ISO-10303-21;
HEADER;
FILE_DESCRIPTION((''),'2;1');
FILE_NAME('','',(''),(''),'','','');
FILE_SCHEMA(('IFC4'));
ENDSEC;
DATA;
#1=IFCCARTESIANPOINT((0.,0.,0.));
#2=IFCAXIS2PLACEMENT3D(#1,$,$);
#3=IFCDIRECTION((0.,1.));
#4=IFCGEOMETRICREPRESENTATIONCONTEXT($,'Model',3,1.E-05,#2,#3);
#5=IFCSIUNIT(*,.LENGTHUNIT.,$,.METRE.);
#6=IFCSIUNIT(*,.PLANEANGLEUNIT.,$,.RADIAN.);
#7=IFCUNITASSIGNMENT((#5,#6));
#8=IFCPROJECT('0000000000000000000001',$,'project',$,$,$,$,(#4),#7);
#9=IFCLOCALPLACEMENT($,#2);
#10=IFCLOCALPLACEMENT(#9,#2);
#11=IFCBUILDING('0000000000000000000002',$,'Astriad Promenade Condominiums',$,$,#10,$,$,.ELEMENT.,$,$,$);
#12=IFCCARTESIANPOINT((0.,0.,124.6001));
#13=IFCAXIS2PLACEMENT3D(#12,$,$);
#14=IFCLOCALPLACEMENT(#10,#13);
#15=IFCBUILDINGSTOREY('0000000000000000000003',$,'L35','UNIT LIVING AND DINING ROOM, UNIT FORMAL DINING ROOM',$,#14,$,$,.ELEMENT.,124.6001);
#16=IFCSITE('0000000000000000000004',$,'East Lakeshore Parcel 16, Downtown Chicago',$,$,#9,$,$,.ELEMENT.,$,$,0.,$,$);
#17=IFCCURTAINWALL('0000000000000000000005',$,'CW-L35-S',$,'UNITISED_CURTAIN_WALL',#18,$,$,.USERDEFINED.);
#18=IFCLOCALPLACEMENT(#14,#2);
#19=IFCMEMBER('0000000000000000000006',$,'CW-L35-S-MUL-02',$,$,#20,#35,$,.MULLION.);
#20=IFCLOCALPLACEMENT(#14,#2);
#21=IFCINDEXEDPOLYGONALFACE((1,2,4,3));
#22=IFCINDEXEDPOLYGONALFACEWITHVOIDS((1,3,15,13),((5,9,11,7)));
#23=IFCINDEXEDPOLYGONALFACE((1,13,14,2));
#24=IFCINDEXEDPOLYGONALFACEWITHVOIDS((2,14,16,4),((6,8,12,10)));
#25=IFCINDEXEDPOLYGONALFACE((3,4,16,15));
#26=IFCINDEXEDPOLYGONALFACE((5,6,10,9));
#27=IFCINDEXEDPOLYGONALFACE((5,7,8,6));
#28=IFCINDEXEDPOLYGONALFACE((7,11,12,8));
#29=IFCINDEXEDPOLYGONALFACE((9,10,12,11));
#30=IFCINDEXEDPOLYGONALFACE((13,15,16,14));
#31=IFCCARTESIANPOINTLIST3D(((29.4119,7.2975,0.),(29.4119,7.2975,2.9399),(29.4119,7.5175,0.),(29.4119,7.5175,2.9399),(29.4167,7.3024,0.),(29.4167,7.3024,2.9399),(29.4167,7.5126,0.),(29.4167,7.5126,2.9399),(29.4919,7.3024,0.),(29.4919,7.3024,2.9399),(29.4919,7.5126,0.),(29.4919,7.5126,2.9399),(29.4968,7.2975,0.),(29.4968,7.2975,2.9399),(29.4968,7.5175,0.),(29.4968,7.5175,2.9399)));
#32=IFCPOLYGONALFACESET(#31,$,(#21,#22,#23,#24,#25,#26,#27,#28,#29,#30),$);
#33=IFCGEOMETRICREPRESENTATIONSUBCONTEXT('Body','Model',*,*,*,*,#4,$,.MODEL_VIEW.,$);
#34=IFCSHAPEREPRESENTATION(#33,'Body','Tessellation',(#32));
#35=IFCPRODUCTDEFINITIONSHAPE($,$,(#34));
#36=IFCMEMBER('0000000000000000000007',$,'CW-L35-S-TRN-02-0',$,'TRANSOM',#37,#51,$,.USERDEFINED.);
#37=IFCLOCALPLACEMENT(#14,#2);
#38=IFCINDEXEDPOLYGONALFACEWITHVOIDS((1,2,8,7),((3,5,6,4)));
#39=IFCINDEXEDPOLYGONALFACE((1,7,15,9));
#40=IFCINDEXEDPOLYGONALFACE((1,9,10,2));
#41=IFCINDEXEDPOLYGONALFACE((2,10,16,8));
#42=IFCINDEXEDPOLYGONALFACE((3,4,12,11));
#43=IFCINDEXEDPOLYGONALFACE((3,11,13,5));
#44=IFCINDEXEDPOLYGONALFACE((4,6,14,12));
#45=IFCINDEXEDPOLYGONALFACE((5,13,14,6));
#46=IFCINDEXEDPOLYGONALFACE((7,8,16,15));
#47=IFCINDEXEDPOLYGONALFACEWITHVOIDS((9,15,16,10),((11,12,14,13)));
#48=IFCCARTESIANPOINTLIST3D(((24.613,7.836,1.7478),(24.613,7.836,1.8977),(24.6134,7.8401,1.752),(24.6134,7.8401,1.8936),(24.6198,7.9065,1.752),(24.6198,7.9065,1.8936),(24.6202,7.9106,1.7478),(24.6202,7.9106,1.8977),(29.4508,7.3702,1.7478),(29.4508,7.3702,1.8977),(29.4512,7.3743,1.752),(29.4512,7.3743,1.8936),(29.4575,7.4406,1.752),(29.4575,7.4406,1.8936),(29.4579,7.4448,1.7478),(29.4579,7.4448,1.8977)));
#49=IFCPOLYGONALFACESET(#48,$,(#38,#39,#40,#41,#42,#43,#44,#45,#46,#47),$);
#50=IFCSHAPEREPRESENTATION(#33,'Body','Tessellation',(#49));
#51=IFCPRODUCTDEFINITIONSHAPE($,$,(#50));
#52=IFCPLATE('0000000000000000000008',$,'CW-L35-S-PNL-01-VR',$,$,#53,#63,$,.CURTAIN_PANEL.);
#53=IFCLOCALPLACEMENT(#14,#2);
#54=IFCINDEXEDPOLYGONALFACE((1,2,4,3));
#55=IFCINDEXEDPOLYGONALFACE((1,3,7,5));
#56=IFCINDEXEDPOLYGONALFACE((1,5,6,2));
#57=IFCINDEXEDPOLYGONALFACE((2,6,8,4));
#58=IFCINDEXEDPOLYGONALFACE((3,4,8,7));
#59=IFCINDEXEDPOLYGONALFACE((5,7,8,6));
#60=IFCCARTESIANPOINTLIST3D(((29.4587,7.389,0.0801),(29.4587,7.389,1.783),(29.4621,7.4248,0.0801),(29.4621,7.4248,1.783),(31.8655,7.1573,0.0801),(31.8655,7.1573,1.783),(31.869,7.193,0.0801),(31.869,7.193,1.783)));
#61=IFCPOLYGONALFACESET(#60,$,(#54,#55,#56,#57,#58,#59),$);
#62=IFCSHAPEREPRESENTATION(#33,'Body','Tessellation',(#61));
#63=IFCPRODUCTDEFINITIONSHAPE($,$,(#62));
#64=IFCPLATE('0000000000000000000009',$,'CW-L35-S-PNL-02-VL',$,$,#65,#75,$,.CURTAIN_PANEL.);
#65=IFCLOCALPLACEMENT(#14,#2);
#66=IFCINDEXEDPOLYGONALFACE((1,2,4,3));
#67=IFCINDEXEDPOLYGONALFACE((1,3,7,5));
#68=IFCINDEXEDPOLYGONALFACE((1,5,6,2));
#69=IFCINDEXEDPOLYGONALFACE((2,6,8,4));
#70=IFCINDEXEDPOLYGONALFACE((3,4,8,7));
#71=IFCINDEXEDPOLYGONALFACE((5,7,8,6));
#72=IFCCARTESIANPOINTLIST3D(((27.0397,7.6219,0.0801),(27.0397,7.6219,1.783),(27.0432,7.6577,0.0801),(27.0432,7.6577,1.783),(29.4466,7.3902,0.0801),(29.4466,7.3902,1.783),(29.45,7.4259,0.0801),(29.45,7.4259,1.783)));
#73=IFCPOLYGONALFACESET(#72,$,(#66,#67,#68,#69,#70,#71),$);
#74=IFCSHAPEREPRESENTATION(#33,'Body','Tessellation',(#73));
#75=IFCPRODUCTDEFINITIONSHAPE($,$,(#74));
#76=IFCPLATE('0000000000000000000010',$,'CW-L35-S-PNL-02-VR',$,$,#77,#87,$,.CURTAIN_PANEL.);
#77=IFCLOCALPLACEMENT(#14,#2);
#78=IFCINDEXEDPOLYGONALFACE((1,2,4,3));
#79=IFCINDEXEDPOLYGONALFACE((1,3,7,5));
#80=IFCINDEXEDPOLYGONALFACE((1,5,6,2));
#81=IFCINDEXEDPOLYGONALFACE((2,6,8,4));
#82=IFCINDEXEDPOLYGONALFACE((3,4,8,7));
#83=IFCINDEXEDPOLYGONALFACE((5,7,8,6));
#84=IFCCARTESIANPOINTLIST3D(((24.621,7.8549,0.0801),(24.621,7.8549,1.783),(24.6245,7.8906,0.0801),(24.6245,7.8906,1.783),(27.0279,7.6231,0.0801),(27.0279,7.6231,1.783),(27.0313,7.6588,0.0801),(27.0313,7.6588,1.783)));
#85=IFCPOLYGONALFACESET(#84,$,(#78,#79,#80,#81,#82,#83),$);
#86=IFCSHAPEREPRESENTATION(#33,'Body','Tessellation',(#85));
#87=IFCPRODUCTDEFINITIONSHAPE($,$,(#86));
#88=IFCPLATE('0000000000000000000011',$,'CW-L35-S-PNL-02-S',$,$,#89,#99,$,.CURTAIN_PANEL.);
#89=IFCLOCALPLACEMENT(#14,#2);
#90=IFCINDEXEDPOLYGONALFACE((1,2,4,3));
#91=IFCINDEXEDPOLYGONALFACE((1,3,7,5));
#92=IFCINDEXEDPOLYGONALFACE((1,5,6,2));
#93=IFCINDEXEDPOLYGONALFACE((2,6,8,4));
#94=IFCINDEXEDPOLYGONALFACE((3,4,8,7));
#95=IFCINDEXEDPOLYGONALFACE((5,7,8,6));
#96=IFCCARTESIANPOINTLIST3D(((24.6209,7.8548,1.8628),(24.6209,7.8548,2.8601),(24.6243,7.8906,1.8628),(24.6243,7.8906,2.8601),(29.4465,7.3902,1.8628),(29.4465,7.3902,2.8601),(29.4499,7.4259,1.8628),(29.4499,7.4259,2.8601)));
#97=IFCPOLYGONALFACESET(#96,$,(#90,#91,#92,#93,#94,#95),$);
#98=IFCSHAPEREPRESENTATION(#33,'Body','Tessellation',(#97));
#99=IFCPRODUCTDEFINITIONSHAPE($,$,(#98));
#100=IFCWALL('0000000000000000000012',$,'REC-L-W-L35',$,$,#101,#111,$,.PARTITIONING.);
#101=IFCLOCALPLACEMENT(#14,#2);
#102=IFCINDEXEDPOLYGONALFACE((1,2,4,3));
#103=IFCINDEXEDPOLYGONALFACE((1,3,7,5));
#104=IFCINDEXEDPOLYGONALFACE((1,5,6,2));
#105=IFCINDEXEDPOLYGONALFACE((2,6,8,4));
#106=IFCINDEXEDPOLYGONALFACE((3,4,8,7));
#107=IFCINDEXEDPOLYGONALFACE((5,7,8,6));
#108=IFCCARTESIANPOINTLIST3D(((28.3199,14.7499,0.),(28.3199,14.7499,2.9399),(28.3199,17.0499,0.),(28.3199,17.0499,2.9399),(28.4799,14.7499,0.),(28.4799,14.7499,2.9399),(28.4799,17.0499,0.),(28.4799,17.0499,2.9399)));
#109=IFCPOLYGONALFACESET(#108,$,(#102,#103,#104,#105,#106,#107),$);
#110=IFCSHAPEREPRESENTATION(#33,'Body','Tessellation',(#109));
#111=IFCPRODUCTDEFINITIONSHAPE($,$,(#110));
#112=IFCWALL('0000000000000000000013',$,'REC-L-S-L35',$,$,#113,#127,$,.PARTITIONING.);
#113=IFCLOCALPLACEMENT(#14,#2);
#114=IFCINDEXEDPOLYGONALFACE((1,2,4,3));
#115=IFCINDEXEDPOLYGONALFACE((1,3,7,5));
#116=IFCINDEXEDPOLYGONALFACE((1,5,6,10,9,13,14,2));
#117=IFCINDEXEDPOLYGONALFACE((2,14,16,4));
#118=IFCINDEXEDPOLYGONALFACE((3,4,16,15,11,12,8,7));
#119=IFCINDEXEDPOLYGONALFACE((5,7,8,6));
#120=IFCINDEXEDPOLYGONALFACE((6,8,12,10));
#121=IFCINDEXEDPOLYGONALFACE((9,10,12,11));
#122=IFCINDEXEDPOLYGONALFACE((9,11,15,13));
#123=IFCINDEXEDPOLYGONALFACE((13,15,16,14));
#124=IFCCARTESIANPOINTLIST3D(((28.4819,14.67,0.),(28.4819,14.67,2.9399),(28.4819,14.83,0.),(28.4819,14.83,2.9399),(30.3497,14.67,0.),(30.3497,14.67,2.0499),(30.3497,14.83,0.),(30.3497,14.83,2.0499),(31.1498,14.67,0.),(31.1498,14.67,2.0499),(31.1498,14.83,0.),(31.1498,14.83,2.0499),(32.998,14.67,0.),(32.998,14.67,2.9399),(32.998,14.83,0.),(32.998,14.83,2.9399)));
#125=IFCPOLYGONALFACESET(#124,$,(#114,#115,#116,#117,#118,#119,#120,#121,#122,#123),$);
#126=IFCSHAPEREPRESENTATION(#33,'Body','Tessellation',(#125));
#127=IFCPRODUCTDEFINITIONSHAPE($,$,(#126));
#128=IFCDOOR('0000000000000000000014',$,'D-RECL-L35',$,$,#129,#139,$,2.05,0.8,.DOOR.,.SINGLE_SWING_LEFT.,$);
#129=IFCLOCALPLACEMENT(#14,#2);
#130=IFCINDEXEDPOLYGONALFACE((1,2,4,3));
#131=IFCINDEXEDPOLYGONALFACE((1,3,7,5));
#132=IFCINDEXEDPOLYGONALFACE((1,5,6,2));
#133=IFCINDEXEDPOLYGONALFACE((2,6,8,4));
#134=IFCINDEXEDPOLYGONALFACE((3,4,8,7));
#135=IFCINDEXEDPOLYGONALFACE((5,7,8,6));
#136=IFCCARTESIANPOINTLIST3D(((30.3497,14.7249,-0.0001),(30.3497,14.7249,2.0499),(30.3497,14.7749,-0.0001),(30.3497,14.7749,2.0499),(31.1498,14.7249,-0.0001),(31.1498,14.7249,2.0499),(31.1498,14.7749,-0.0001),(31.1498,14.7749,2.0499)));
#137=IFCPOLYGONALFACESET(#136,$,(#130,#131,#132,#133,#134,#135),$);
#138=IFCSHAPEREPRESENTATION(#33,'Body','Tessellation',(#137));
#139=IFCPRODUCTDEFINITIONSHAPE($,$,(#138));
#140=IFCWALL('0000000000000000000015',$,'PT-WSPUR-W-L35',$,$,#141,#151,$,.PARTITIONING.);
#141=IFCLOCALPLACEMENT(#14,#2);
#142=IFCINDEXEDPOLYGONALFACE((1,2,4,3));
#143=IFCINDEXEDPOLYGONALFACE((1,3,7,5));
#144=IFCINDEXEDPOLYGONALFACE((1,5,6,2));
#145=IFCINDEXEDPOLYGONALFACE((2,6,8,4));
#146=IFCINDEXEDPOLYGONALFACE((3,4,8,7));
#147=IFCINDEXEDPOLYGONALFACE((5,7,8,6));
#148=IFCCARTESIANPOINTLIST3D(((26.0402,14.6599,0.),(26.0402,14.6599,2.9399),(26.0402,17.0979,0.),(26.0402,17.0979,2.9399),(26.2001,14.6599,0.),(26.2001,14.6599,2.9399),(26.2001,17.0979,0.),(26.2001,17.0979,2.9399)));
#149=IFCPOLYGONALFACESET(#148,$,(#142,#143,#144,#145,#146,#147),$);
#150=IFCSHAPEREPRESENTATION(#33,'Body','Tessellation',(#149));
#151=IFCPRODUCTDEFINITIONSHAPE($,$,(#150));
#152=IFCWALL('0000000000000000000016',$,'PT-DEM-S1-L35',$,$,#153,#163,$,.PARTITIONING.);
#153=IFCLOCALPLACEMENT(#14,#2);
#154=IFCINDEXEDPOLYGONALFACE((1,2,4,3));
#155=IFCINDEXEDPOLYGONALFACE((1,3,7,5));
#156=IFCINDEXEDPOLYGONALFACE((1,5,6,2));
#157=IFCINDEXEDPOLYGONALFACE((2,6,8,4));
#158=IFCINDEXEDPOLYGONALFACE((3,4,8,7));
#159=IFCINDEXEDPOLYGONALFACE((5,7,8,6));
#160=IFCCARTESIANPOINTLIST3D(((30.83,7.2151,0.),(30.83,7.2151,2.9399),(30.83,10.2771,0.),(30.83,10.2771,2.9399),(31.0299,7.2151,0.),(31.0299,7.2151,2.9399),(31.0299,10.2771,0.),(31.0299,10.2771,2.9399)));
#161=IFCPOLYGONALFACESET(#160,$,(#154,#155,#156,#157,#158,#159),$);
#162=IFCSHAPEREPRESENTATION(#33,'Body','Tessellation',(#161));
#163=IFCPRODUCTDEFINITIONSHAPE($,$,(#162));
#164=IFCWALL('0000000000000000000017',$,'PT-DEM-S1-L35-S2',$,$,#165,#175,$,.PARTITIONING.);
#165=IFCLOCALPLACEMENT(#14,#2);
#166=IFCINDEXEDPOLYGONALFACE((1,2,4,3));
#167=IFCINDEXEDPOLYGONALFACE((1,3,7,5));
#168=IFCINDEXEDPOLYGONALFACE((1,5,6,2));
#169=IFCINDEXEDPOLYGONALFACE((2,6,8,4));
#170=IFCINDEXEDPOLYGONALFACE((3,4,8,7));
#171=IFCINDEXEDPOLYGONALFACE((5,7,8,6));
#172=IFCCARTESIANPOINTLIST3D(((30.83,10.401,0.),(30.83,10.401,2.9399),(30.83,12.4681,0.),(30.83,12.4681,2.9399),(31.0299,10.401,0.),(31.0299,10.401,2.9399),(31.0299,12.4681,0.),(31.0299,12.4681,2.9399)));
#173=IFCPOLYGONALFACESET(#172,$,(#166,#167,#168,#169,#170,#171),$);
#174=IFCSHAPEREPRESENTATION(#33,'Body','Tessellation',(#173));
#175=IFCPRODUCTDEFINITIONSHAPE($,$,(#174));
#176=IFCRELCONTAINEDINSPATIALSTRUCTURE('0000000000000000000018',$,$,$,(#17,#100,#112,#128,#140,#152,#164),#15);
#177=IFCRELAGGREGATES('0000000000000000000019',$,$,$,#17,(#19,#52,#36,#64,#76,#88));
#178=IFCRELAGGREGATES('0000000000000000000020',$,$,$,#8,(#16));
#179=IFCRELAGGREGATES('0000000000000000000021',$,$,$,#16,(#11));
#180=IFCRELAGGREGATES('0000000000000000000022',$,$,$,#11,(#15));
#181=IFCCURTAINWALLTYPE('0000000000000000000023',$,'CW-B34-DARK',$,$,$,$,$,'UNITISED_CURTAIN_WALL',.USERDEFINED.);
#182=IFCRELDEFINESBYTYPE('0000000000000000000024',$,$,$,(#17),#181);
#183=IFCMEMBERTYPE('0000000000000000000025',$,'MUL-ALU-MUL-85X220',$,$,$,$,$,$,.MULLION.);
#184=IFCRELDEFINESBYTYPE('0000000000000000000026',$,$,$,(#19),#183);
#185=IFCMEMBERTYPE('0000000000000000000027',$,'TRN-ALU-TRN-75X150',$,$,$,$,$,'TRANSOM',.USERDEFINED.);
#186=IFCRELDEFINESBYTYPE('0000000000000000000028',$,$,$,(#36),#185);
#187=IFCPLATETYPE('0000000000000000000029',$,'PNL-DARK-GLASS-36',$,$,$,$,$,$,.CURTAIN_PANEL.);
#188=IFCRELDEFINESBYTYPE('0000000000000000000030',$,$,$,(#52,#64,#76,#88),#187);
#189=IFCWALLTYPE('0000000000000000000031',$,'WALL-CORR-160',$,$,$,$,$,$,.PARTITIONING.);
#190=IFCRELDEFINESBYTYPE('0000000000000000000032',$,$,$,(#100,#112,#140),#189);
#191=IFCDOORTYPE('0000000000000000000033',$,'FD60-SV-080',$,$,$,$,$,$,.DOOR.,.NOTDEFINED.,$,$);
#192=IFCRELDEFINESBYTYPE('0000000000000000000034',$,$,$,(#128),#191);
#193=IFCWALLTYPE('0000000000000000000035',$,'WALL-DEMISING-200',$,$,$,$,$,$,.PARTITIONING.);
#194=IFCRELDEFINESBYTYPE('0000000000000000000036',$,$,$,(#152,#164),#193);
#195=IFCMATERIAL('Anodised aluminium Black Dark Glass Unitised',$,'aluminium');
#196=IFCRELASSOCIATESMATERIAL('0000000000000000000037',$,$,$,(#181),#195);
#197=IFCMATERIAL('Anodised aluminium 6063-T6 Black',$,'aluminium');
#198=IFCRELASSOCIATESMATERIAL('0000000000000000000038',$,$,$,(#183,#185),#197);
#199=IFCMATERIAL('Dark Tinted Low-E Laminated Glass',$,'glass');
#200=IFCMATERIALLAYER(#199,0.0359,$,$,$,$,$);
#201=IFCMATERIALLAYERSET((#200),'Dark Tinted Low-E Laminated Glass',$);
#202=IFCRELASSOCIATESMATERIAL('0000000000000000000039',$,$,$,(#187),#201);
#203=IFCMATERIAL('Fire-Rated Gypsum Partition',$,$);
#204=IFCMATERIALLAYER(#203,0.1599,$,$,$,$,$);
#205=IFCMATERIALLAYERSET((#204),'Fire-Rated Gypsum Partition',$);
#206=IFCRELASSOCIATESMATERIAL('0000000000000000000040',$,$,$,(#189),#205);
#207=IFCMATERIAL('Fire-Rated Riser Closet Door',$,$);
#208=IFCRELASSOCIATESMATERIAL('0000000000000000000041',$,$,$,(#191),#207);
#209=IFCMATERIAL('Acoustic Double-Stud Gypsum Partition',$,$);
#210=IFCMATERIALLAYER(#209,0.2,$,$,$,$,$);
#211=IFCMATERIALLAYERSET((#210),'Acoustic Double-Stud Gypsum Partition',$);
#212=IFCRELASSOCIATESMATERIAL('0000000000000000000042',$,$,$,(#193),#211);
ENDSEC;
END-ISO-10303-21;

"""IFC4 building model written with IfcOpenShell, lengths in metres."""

from ifc_helpers import new_model, si_unit, direction, frame, frame_2d, origin, origin_2d, place, context, subcontext, project, spatial, rectangle, hollow_rectangle, extrude, source, transform, mapped, material, layer, layer_set, material_profile, profile_set, type_object, type_shapes, element, fill, aggregate, save


model = new_model("IFC4")

# Units and contexts
model_context = context("Model", 3, precision=1e-05, world=origin(), true_north=direction((0.0, 1.0)))
body_context = subcontext(model_context, "Body", "Model", "MODEL_VIEW")
ifc_project = project(units=[si_unit("LENGTHUNIT", "METRE"), si_unit("PLANEANGLEUNIT", "RADIAN")], contexts=[model_context])

# Site, building, storey
site_placement = place(None, origin())
site = spatial("IfcSite", under=ifc_project, at=site_placement, Name="East Lakeshore Parcel 16, Downtown Chicago", CompositionType="ELEMENT", RefElevation=0.0)
building_placement = place(site_placement, origin())
building = spatial("IfcBuilding", under=site, at=building_placement, Name="Astriad Promenade Condominiums", CompositionType="ELEMENT")
storey_placement = place(building_placement, frame((0.0, 0.0, 124.6001)))
storey = spatial("IfcBuildingStorey", under=building, at=storey_placement, Name="L35", Description="UNIT LIVING AND DINING ROOM, UNIT FORMAL DINING ROOM", CompositionType="ELEMENT", Elevation=124.6001)

# Curtain wall, members, plates
ifc_material_1 = material(Name="Anodised aluminium Black Dark Glass Unitised", Category="aluminium")
curtain_wall_type = type_object("IfcCurtainWallType", Name="CW-B34-DARK", ElementType="UNITISED_CURTAIN_WALL", PredefinedType="USERDEFINED", material=ifc_material_1)
curtain_wall_placement = place(storey_placement, origin())
curtain_wall = element("IfcCurtainWall", 1, at=curtain_wall_placement, inside=storey, type_object=curtain_wall_type, Name="CW-L35-S", ObjectType="UNITISED_CURTAIN_WALL", PredefinedType="USERDEFINED")
ifc_material_2 = material(Name="Anodised aluminium 6063-T6 Black", Category="aluminium")
ifc_material_profile_1 = material_profile(ifc_material_2, hollow_rectangle(XDim=0.085, YDim=0.22, WallThickness=0.0049, at=origin_2d()), Name="ALU-MUL-85X220")
ifc_profile_set_1 = profile_set([ifc_material_profile_1], Name="Anodised aluminium 6063-T6 Black")
member_type_1 = type_object("IfcMemberType", Name="MUL-ALU-MUL-85X220", PredefinedType="MULLION", material=ifc_profile_set_1)
shared_shape_1 = source(origin(), body_context, "Body", "SweptSolid", [
    extrude(hollow_rectangle(XDim=0.085, YDim=0.22, WallThickness=0.0049, at=origin_2d()), origin(), (0.0, 0.0, 1.0), 2.9399),
])
type_shapes(member_type_1, [shared_shape_1])
member_1_placement = place(storey_placement, frame((29.4543, 7.4075, 0.0), z_axis=(0.0, 0.0, 1.0), x_axis=(1.0, 0.0, 0.0)))
member_1 = element("IfcMember", 2, at=member_1_placement, type_object=member_type_1, Name="CW-L35-S-MUL-02", PredefinedType="MULLION", context=body_context, shape_type="MappedRepresentation", body=[
    mapped(shared_shape_1, transform((0.0, 0.0, 0.0), scale=1.0)),
])
ifc_material_profile_2 = material_profile(ifc_material_2, hollow_rectangle(XDim=0.075, YDim=0.1499, WallThickness=0.0042, at=origin_2d()), Name="ALU-TRN-75X150")
ifc_profile_set_2 = profile_set([ifc_material_profile_2], Name="Anodised aluminium 6063-T6 Black")
member_type_2 = type_object("IfcMemberType", Name="TRN-ALU-TRN-75X150", ElementType="TRANSOM", PredefinedType="USERDEFINED", material=ifc_profile_set_2)
shared_shape_2 = source(origin(), body_context, "Body", "SweptSolid", [
    extrude(hollow_rectangle(XDim=0.075, YDim=0.1499, WallThickness=0.0042, at=origin_2d()), origin(), (0.0, 0.0, 1.0), 4.8601),
])
type_shapes(member_type_2, [shared_shape_2])
member_2_placement = place(storey_placement, frame((29.4543, 7.4075, 1.8228), z_axis=(-0.995396, 0.095847, 0.0), x_axis=(-0.095847, -0.995396, 0.0)))
member_2 = element("IfcMember", 3, at=member_2_placement, type_object=member_type_2, Name="CW-L35-S-TRN-02-0", ObjectType="TRANSOM", PredefinedType="USERDEFINED", context=body_context, shape_type="MappedRepresentation", body=[
    mapped(shared_shape_2, transform((0.0, 0.0, 0.0), scale=1.0)),
])
ifc_material_3 = material(Name="Dark Tinted Low-E Laminated Glass", Category="glass")
ifc_layer_1 = layer(ifc_material_3, 0.0359)
ifc_layer_set_1 = layer_set([ifc_layer_1], Name="Dark Tinted Low-E Laminated Glass")
plate_type = type_object("IfcPlateType", Name="PNL-DARK-GLASS-36", PredefinedType="CURTAIN_PANEL", material=ifc_layer_set_1)
shared_shape_3 = source(origin(), body_context, "Body", "SweptSolid", [
    extrude(rectangle(XDim=2.418, YDim=0.0359, at=origin_2d()), origin(), (0.0, 0.0, 1.0), 1.7029),
])
plate_1_placement = place(storey_placement, frame((30.6638, 7.291, 0.0801), z_axis=(0.0, 0.0, 1.0), x_axis=(-0.995396, 0.095846, 0.0)))
plate_1 = element("IfcPlate", 4, at=plate_1_placement, type_object=plate_type, Name="CW-L35-S-PNL-01-VR", PredefinedType="CURTAIN_PANEL", context=body_context, shape_type="MappedRepresentation", body=[
    mapped(shared_shape_3, transform((0.0, 0.0, 0.0), scale=1.0)),
])
plate_2_placement = place(storey_placement, frame((28.2449, 7.5239, 0.0801), z_axis=(0.0, 0.0, 1.0), x_axis=(-0.995396, 0.095846, 0.0)))
plate_2 = element("IfcPlate", 5, at=plate_2_placement, type_object=plate_type, Name="CW-L35-S-PNL-02-VL", PredefinedType="CURTAIN_PANEL", context=body_context, shape_type="MappedRepresentation", body=[
    mapped(shared_shape_3, transform((0.0, 0.0, 0.0), scale=1.0)),
])
plate_3_placement = place(storey_placement, frame((25.8262, 7.7568, 0.0801), z_axis=(0.0, 0.0, 1.0), x_axis=(-0.995396, 0.095846, 0.0)))
plate_3 = element("IfcPlate", 6, at=plate_3_placement, type_object=plate_type, Name="CW-L35-S-PNL-02-VR", PredefinedType="CURTAIN_PANEL", context=body_context, shape_type="MappedRepresentation", body=[
    mapped(shared_shape_3, transform((0.0, 0.0, 0.0), scale=1.0)),
])
shared_shape_4 = source(origin(), body_context, "Body", "SweptSolid", [
    extrude(rectangle(XDim=4.8479, YDim=0.0359, at=origin_2d()), origin(), (0.0, 0.0, 1.0), 0.9973),
])
type_shapes(plate_type, [shared_shape_3, shared_shape_4])
plate_4_placement = place(storey_placement, frame((27.0354, 7.6404, 1.8628), z_axis=(0.0, 0.0, 1.0), x_axis=(-0.995396, 0.095846, 0.0)))
plate_4 = element("IfcPlate", 7, at=plate_4_placement, type_object=plate_type, Name="CW-L35-S-PNL-02-S", PredefinedType="CURTAIN_PANEL", context=body_context, shape_type="MappedRepresentation", body=[
    mapped(shared_shape_4, transform((0.0, 0.0, 0.0), scale=1.0)),
])
aggregate(curtain_wall, [member_1, plate_1, member_2, plate_2, plate_3, plate_4])

# Wall
ifc_material_4 = material(Name="Fire-Rated Gypsum Partition")
ifc_layer_2 = layer(ifc_material_4, 0.1599)
ifc_layer_set_2 = layer_set([ifc_layer_2], Name="Fire-Rated Gypsum Partition")
wall_type_1 = type_object("IfcWallType", Name="WALL-CORR-160", PredefinedType="PARTITIONING", material=ifc_layer_set_2)
wall_1_placement = place(storey_placement, frame((28.3999, 14.75, 0.0), z_axis=(0.0, 0.0, 1.0), x_axis=(0.0, 1.0, 0.0)))
element("IfcWall", 8, at=wall_1_placement, inside=storey, type_object=wall_type_1, Name="REC-L-W-L35", PredefinedType="PARTITIONING", context=body_context, shape_type="SweptSolid", body=[
    extrude(rectangle(XDim=2.3, YDim=0.1599, at=frame_2d((1.1499, 0.0))), origin(), (0.0, 0.0, 1.0), 2.9399),
])

# Wall, opening, door
wall_2_placement = place(storey_placement, frame((28.4819, 14.75, 0.0), z_axis=(0.0, 0.0, 1.0), x_axis=(1.0, 0.0, 0.0)))
wall_2 = element("IfcWall", 9, at=wall_2_placement, inside=storey, type_object=wall_type_1, Name="REC-L-S-L35", PredefinedType="PARTITIONING", context=body_context, shape_type="SweptSolid", body=[
    extrude(rectangle(XDim=4.5161, YDim=0.1599, at=frame_2d((2.2581, 0.0))), origin(), (0.0, 0.0, 1.0), 2.9399),
])
opening_1_placement = place(wall_2_placement, frame((1.8679, 0.0, 0.0)))
opening_1 = element("IfcOpeningElement", 10, at=opening_1_placement, cuts=wall_2, PredefinedType="OPENING", context=body_context, shape_type="SweptSolid", body=[
    extrude(rectangle(XDim=0.8, YDim=2.05, at=frame_2d((0.3999, 1.0249))), frame((0.0, 0.0898, 0.0), z_axis=(0.0, -1.0, 0.0), x_axis=(1.0, 0.0, 0.0)), (0.0, 0.0, 1.0), 0.1799),
])
ifc_material_5 = material(Name="Fire-Rated Riser Closet Door")
door_type_1 = type_object("IfcDoorType", Name="FD60-SV-080", OperationType="NOTDEFINED", PredefinedType="DOOR", material=ifc_material_5)
shared_shape_5 = source(origin(), body_context, "Body", "SweptSolid", [
    extrude(rectangle(XDim=0.8, YDim=2.05, at=frame_2d((0.3999, 1.0249))), frame((0.0, 0.0249, 0.0), z_axis=(0.0, -1.0, 0.0), x_axis=(1.0, 0.0, 0.0)), (0.0, 0.0, 1.0), 0.05),
])
type_shapes(door_type_1, [shared_shape_5])
door_1_placement = place(opening_1_placement, origin())
door_1 = element("IfcDoor", 11, at=door_1_placement, inside=storey, type_object=door_type_1, Name="D-RECL-L35", OperationType="SINGLE_SWING_LEFT", OverallHeight=2.05, OverallWidth=0.8, PredefinedType="DOOR", context=body_context, shape_type="MappedRepresentation", body=[
    mapped(shared_shape_5, transform((0.0, 0.0, 0.0), scale=1.0)),
])
fill(opening_1, door_1)

# Walls
wall_3_placement = place(storey_placement, frame((26.1201, 14.6599, 0.0), z_axis=(0.0, 0.0, 1.0), x_axis=(0.0, 1.0, 0.0)))
element("IfcWall", 12, at=wall_3_placement, inside=storey, type_object=wall_type_1, Name="PT-WSPUR-W-L35", PredefinedType="PARTITIONING", context=body_context, shape_type="SweptSolid", body=[
    extrude(rectangle(XDim=2.438, YDim=0.1599, at=frame_2d((1.219, 0.0))), origin(), (0.0, 0.0, 1.0), 2.9399),
])
ifc_material_6 = material(Name="Acoustic Double-Stud Gypsum Partition")
ifc_layer_3 = layer(ifc_material_6, 0.2)
ifc_layer_set_3 = layer_set([ifc_layer_3], Name="Acoustic Double-Stud Gypsum Partition")
wall_type_2 = type_object("IfcWallType", Name="WALL-DEMISING-200", PredefinedType="PARTITIONING", material=ifc_layer_set_3)
wall_4_placement = place(storey_placement, frame((30.9299, 7.2151, 0.0), z_axis=(0.0, 0.0, 1.0), x_axis=(0.0, 1.0, 0.0)))
element("IfcWall", 13, at=wall_4_placement, inside=storey, type_object=wall_type_2, Name="PT-DEM-S1-L35", PredefinedType="PARTITIONING", context=body_context, shape_type="SweptSolid", body=[
    extrude(rectangle(XDim=3.062, YDim=0.2, at=frame_2d((1.531, 0.0))), origin(), (0.0, 0.0, 1.0), 2.9399),
])
wall_5_placement = place(storey_placement, frame((30.9299, 10.4009, 0.0), z_axis=(0.0, 0.0, 1.0), x_axis=(0.0, 1.0, 0.0)))
element("IfcWall", 14, at=wall_5_placement, inside=storey, type_object=wall_type_2, Name="PT-DEM-S1-L35-S2", PredefinedType="PARTITIONING", context=body_context, shape_type="SweptSolid", body=[
    extrude(rectangle(XDim=2.0671, YDim=0.2, at=frame_2d((1.0337, 0.0))), origin(), (0.0, 0.0, 1.0), 2.9399),
])

save(model, "model.ifc")
